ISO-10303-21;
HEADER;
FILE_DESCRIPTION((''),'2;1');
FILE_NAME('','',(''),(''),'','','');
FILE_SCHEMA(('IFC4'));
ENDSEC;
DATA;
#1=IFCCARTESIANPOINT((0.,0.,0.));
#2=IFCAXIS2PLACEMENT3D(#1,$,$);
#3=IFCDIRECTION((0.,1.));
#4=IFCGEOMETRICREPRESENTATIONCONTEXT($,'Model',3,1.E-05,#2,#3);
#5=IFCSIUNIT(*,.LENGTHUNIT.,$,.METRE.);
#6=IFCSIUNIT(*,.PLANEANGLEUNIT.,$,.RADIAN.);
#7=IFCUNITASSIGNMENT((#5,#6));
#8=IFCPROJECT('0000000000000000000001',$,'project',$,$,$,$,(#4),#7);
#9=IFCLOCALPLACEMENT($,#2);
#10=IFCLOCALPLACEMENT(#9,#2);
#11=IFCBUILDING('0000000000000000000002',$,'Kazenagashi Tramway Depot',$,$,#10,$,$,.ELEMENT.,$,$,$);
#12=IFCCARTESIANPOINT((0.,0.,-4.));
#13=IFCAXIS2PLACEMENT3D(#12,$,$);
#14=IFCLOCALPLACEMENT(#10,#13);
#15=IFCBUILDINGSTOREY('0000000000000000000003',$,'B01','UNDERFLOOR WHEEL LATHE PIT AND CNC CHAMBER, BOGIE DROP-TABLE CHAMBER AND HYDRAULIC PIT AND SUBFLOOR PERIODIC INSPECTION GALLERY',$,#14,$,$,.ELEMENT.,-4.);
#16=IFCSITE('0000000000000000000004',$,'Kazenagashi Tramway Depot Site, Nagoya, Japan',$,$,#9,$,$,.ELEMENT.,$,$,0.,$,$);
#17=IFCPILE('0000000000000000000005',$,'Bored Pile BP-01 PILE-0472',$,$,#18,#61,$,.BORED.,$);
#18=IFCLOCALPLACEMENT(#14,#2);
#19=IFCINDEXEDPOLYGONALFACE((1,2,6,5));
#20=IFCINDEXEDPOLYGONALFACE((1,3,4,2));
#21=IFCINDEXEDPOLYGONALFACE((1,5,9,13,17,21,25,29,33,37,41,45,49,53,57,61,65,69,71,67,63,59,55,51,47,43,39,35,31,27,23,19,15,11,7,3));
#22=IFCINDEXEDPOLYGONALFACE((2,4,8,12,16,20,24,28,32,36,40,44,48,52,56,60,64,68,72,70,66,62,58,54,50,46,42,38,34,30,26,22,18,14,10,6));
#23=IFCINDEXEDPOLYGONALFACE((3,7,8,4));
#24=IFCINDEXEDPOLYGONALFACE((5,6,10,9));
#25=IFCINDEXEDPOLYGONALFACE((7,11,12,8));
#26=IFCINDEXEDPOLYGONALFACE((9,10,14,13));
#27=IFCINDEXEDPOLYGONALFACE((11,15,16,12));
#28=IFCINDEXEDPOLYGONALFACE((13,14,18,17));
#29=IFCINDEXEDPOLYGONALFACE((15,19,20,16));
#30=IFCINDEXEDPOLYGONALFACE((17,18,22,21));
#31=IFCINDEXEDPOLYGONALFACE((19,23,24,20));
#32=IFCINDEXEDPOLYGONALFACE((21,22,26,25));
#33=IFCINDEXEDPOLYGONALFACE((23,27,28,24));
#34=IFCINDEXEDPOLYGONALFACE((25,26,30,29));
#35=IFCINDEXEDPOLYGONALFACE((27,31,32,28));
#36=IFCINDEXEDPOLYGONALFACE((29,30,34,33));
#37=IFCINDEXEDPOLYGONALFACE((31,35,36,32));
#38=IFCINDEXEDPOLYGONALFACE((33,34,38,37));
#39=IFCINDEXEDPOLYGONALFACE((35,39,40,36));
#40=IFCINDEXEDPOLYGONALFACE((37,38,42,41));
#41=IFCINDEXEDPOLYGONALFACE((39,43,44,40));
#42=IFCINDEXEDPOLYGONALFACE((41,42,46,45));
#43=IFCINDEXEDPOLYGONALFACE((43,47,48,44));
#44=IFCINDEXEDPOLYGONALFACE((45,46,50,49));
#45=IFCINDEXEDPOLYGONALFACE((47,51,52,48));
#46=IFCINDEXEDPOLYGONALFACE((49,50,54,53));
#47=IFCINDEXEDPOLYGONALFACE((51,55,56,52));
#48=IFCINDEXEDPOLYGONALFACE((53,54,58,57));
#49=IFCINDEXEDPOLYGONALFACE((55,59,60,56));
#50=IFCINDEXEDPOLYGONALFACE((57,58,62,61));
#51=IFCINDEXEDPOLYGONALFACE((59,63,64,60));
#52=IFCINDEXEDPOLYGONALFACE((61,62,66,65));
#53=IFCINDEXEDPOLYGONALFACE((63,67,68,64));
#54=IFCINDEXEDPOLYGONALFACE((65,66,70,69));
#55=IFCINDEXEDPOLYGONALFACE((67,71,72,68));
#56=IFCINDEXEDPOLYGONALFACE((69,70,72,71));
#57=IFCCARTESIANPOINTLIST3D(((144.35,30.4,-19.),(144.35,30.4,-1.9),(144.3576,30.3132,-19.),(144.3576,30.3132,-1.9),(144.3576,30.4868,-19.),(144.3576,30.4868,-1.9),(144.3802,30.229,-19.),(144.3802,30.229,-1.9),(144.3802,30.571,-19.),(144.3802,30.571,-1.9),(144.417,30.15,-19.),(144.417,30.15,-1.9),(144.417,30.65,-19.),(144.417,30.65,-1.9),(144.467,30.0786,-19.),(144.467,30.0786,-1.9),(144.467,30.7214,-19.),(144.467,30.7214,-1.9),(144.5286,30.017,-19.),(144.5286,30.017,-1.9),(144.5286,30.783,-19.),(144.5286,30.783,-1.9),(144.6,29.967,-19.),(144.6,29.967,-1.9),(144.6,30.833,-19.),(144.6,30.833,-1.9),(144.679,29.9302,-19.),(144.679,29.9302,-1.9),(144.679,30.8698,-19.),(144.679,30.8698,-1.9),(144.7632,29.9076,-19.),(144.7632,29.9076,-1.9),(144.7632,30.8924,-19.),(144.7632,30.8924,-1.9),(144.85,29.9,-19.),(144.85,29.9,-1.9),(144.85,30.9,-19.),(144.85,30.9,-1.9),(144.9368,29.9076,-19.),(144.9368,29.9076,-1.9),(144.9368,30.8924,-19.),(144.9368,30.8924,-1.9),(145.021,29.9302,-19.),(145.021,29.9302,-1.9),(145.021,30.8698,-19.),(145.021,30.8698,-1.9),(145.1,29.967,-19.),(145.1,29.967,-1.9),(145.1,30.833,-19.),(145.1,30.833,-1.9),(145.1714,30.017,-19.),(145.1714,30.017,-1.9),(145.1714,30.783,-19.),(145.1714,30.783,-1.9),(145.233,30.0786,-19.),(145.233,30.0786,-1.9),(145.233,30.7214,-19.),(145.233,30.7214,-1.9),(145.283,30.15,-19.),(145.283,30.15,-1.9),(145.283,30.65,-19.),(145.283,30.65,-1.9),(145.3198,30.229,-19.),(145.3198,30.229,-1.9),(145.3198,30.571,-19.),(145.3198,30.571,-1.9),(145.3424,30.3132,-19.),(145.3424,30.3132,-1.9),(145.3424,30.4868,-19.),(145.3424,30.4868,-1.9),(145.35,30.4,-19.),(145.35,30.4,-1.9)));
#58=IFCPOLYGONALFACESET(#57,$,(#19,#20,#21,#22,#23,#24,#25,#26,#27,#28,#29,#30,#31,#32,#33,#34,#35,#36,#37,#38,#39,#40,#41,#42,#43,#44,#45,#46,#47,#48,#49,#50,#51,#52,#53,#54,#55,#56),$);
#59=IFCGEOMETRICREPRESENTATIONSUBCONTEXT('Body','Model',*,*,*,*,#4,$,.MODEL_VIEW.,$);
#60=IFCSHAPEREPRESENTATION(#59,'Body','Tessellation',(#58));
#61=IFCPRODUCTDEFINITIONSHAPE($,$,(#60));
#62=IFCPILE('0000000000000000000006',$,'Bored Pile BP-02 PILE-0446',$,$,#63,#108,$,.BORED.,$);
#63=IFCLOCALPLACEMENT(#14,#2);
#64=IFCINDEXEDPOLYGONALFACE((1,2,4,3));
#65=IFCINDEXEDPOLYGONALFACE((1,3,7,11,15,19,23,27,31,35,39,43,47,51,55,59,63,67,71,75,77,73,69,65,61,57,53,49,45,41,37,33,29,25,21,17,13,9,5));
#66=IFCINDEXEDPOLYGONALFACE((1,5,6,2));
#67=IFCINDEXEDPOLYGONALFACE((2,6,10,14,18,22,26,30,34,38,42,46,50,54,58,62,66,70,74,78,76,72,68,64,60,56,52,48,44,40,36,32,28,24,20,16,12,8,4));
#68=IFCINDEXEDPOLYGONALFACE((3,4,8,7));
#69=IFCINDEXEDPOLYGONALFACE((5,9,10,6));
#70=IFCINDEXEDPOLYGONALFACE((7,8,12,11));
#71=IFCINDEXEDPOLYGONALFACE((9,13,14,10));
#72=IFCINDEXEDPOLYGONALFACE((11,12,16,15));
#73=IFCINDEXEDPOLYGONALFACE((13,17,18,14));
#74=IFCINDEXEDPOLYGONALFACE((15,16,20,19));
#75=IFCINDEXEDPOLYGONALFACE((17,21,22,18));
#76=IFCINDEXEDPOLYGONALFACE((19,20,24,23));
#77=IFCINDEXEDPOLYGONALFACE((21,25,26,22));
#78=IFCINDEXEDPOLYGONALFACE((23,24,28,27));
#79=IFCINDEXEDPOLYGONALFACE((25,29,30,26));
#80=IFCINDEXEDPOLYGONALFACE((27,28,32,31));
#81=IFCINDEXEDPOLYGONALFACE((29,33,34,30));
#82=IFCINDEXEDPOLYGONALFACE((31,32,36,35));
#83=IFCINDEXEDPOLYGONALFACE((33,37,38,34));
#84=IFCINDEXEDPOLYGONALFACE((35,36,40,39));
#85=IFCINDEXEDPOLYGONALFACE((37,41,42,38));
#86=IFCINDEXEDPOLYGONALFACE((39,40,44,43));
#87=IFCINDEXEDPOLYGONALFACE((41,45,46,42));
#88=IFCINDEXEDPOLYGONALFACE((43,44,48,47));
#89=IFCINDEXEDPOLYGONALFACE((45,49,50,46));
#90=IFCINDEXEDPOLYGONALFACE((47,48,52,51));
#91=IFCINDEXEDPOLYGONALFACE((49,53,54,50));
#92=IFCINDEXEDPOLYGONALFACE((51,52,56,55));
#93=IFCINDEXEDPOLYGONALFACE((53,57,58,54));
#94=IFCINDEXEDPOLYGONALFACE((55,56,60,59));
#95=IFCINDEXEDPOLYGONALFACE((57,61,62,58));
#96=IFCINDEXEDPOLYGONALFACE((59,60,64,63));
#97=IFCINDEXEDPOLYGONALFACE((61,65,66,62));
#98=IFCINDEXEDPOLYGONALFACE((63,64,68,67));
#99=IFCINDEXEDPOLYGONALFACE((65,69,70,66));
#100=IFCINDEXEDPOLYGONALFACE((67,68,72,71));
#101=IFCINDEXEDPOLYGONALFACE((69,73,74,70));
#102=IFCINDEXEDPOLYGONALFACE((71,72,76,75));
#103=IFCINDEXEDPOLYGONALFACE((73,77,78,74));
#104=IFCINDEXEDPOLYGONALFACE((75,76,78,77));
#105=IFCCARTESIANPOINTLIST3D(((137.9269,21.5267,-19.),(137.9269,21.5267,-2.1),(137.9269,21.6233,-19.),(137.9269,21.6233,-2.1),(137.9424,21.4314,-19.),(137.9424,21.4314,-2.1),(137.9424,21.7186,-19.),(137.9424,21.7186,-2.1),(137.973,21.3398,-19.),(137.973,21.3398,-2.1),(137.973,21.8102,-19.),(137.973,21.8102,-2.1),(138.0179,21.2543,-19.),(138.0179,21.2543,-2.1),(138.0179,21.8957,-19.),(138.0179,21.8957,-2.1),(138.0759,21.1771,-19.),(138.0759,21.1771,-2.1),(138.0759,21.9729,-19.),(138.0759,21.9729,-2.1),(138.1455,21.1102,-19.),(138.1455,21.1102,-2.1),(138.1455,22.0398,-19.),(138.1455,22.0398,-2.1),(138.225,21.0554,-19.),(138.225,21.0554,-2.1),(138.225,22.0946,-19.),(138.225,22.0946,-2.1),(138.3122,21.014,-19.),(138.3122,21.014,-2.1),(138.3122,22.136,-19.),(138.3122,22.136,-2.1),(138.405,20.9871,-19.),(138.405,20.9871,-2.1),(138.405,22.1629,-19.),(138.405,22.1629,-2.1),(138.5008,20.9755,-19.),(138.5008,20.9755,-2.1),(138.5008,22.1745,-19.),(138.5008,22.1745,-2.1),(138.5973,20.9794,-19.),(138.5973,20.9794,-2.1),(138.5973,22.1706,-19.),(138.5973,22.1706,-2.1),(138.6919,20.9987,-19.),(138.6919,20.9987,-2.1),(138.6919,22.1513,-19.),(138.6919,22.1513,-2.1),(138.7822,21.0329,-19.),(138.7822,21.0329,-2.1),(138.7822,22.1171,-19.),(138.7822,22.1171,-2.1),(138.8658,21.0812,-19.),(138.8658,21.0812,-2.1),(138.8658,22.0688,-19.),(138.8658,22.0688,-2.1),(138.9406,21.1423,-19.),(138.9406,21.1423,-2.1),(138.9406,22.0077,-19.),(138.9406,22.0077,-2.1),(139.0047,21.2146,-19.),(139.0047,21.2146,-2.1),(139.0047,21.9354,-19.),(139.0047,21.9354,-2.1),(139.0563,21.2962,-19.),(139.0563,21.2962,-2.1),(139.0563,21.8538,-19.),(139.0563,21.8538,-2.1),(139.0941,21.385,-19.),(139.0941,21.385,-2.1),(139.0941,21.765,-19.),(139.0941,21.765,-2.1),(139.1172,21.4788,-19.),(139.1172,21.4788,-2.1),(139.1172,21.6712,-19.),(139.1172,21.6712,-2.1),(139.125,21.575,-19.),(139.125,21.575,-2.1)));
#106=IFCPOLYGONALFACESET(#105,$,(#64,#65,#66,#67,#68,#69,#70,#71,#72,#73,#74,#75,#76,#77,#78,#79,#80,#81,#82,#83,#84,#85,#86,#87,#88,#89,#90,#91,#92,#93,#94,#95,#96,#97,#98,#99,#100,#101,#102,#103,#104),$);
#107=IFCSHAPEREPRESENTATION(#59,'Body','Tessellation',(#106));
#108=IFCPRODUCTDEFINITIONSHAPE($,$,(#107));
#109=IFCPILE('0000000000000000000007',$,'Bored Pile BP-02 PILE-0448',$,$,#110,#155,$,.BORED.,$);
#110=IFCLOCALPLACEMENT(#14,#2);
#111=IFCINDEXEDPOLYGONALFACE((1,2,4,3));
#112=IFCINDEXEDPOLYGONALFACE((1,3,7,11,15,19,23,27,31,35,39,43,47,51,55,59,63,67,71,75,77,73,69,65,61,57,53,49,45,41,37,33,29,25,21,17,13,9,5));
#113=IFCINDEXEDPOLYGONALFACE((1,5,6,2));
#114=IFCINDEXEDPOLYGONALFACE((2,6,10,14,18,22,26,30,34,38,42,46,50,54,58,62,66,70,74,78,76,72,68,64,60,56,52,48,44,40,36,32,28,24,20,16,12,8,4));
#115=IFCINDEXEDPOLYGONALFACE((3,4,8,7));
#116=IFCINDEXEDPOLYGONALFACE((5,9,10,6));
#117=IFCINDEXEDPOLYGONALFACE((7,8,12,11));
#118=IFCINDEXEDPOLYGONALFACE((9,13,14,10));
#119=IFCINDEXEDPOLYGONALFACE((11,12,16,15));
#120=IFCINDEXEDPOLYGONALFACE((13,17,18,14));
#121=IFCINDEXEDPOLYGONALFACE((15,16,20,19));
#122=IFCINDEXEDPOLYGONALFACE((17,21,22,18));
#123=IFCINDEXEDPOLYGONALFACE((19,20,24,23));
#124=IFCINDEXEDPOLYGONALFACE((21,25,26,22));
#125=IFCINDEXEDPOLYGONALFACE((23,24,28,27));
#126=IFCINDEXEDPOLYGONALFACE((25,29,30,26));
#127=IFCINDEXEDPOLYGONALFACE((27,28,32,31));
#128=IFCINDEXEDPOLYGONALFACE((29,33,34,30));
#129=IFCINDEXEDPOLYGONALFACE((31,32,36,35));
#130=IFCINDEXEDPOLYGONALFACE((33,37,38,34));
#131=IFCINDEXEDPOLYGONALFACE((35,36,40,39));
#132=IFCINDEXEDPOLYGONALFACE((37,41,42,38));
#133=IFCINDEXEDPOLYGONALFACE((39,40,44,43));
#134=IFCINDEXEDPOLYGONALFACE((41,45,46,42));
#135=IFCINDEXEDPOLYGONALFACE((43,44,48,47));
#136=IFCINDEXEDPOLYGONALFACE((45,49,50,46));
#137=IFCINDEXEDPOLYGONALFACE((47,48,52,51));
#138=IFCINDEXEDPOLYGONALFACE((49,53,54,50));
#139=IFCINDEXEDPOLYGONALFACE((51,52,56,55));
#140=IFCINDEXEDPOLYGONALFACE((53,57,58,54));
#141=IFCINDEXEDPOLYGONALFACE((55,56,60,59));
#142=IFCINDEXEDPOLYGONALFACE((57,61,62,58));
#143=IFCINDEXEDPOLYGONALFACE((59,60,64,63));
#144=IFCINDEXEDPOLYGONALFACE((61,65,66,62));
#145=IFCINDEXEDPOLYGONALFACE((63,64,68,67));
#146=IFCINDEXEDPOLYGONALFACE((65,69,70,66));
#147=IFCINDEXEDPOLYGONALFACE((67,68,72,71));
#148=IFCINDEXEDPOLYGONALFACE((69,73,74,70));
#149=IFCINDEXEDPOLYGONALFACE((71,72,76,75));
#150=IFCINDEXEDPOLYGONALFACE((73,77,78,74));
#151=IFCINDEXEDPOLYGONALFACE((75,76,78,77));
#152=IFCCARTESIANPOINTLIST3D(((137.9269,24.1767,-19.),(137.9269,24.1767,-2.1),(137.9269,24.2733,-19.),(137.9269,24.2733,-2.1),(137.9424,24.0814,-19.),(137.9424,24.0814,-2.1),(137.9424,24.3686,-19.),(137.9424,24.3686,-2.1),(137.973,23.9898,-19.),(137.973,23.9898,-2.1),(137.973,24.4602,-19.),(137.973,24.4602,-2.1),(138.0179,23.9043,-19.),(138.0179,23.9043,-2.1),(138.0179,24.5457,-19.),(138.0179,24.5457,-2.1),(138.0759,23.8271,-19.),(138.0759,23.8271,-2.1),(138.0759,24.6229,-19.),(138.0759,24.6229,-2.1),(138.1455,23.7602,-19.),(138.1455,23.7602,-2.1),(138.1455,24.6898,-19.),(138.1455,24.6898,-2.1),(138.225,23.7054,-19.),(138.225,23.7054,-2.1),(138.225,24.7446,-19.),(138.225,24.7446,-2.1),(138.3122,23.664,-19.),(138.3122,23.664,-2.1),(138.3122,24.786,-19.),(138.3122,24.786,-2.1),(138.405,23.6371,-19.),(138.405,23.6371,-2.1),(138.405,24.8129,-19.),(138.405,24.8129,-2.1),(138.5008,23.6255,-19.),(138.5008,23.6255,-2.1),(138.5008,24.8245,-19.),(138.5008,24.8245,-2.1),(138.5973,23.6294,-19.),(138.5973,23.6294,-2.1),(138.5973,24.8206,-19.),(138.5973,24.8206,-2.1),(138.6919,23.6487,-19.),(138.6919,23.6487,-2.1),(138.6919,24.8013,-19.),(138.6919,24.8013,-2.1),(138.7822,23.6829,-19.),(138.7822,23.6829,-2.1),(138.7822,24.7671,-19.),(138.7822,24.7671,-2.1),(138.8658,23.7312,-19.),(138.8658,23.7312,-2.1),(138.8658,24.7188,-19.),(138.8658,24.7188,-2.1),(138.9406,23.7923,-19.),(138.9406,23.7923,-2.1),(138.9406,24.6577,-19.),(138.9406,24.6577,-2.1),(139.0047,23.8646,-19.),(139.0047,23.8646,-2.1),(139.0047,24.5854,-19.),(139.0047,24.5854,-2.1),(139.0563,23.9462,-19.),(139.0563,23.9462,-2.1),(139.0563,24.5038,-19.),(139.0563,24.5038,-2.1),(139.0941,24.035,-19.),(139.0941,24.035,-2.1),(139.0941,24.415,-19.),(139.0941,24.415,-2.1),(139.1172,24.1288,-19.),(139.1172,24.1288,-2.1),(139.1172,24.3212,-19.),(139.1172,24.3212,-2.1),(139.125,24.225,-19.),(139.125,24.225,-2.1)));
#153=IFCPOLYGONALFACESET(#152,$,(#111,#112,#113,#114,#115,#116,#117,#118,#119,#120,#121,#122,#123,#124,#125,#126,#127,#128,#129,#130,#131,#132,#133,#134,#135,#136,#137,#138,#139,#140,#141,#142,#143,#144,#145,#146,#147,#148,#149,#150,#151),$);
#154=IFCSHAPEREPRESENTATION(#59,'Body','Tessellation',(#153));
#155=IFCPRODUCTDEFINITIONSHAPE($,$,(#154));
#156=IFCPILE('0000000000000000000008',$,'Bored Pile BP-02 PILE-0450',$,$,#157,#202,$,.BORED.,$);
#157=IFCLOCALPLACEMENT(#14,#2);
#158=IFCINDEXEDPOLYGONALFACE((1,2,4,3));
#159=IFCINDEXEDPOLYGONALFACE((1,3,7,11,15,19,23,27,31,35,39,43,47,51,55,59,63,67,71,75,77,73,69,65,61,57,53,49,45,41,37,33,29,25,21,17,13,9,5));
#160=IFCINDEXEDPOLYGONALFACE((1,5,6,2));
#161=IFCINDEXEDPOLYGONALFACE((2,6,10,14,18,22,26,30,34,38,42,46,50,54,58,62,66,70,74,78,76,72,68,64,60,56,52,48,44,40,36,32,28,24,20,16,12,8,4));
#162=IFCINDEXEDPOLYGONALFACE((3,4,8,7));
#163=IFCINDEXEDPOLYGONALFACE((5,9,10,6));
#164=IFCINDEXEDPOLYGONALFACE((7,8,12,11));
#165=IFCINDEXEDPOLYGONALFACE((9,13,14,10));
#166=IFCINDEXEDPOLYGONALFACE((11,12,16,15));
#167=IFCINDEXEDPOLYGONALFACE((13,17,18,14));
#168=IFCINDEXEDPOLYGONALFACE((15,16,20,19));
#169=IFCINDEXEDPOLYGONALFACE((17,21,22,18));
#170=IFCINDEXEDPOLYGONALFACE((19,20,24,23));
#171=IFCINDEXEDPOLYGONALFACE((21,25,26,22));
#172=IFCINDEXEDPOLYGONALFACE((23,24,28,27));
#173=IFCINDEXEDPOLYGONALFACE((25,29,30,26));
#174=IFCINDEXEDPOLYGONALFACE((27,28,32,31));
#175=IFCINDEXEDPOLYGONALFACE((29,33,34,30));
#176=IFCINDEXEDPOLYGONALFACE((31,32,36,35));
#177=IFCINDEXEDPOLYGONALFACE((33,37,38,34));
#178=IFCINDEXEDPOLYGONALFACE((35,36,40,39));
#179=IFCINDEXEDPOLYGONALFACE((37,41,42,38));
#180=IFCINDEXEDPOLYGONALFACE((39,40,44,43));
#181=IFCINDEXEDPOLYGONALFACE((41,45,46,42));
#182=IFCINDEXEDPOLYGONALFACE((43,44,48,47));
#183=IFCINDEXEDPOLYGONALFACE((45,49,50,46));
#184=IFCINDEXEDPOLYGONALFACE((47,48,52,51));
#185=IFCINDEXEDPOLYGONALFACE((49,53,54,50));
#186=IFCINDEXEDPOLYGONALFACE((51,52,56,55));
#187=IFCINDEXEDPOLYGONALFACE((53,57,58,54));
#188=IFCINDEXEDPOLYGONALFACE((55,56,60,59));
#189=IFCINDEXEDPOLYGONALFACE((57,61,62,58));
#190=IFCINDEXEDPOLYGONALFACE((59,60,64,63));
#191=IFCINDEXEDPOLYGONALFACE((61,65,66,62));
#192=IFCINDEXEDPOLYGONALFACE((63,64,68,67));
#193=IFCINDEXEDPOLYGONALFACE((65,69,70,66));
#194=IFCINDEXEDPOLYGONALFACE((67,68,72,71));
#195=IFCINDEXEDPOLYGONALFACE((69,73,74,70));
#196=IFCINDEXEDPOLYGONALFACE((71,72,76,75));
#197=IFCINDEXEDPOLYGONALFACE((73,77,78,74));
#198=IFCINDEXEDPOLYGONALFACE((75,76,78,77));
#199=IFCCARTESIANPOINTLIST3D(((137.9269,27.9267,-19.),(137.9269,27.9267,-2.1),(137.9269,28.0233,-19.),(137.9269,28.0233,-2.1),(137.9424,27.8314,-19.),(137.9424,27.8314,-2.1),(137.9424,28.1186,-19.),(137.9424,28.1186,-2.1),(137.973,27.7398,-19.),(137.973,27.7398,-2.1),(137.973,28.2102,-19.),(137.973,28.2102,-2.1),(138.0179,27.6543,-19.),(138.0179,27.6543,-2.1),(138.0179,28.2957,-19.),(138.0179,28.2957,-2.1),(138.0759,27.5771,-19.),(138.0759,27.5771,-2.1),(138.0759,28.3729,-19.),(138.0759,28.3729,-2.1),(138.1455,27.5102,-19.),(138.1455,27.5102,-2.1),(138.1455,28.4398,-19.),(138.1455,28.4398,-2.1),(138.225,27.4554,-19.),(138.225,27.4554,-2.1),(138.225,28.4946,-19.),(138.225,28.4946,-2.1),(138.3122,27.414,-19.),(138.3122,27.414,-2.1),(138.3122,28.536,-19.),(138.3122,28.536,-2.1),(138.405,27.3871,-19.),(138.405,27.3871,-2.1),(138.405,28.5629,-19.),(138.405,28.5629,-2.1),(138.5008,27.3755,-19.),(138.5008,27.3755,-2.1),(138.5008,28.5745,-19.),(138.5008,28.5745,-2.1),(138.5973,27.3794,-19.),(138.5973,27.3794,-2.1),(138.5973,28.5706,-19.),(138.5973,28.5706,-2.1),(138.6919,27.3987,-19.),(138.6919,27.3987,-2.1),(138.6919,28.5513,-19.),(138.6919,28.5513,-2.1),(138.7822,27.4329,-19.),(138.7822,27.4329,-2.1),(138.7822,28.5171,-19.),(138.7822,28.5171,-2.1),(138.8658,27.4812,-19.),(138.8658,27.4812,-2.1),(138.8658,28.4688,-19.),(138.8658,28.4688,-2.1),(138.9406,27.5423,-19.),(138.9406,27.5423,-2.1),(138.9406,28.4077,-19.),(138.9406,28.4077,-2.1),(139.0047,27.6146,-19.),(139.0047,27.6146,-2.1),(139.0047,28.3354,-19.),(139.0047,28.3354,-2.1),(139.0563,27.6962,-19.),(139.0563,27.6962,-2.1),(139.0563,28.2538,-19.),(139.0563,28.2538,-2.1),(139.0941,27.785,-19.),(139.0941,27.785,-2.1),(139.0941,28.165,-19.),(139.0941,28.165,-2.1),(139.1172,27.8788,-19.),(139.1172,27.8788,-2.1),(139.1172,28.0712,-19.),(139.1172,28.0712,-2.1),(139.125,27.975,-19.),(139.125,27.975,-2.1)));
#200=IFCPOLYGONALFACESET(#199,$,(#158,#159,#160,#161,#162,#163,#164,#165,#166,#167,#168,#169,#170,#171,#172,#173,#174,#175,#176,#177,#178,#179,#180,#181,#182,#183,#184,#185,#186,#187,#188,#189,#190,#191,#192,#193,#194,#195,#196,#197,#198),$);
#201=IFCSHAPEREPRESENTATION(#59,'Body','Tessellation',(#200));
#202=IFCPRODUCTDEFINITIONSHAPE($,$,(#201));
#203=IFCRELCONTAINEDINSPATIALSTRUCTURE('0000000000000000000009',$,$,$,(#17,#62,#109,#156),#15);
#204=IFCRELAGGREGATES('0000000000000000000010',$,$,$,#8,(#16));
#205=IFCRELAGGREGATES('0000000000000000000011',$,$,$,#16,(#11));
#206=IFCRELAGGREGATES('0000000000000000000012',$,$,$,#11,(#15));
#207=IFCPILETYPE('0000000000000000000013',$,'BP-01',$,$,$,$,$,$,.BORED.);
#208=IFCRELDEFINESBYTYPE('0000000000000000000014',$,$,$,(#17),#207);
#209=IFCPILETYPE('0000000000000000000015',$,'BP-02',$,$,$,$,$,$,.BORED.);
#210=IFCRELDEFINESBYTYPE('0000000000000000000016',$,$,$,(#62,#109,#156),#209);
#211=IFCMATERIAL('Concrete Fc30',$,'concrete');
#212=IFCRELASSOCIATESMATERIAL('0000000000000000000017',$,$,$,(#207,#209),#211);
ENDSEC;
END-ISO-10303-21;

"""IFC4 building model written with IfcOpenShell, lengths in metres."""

from ifc_helpers import new_model, si_unit, direction, frame, origin, origin_2d, place, context, subcontext, project, spatial, circle, extrude, material, material_profile, profile_set, type_object, element, save


model = new_model("IFC4")

# Units and contexts
model_context = context("Model", 3, precision=1e-05, world=origin(), true_north=direction((0.0, 1.0)))
body_context = subcontext(model_context, "Body", "Model", "MODEL_VIEW")
ifc_project = project(units=[si_unit("LENGTHUNIT", "METRE"), si_unit("PLANEANGLEUNIT", "RADIAN")], contexts=[model_context])

# Site, building, storey
site_placement = place(None, origin())
site = spatial("IfcSite", under=ifc_project, at=site_placement, Name="Kazenagashi Tramway Depot Site, Nagoya, Japan", CompositionType="ELEMENT", RefElevation=0.0)
building_placement = place(site_placement, origin())
building = spatial("IfcBuilding", under=site, at=building_placement, Name="Kazenagashi Tramway Depot", CompositionType="ELEMENT")
storey_placement = place(building_placement, frame((0.0, 0.0, -4.0)))
storey = spatial("IfcBuildingStorey", under=building, at=storey_placement, Name="B01", Description="UNDERFLOOR WHEEL LATHE PIT AND CNC CHAMBER, BOGIE DROP-TABLE CHAMBER AND HYDRAULIC PIT AND SUBFLOOR PERIODIC INSPECTION GALLERY", CompositionType="ELEMENT", Elevation=-4.0)

# Piles
ifc_material_1 = material(Name="Concrete Fc30", Category="concrete")
ifc_material_profile_1 = material_profile(ifc_material_1, circle(Radius=0.5, at=origin_2d()), Name="PILE-1000")
ifc_profile_set_1 = profile_set([ifc_material_profile_1], Name="Concrete Fc30")
pile_type_1 = type_object("IfcPileType", Name="BP-01", PredefinedType="BORED", material=ifc_profile_set_1)
for number, where, z_axis, x_axis, name in (
    (1, (144.85, 30.4, -1.9), (0.0, 0.0, -1.0), (1.0, 0.0, 0.0), "Bored Pile BP-01 PILE-0472"),
):
    element("IfcPile", number, at=place(storey_placement, frame(where, z_axis=z_axis, x_axis=x_axis)), inside=storey, type_object=pile_type_1, Name=name, PredefinedType="BORED", context=body_context, shape_type="SweptSolid", body=[
        extrude(circle(Radius=0.5, at=origin_2d()), origin(), (0.0, 0.0, 1.0), 17.1),
    ])
ifc_material_profile_2 = material_profile(ifc_material_1, circle(Radius=0.6, at=origin_2d()), Name="PILE-1200")
ifc_profile_set_2 = profile_set([ifc_material_profile_2], Name="Concrete Fc30")
pile_type_2 = type_object("IfcPileType", Name="BP-02", PredefinedType="BORED", material=ifc_profile_set_2)
for number, where, z_axis, x_axis, name in (
    (2, (138.525, 21.575, -2.1), (0.0, 0.0, -1.0), (1.0, 0.0, 0.0), "Bored Pile BP-02 PILE-0446"),
    (3, (138.525, 24.225, -2.1), (0.0, 0.0, -1.0), (1.0, 0.0, 0.0), "Bored Pile BP-02 PILE-0448"),
    (4, (138.525, 27.975, -2.1), (0.0, 0.0, -1.0), (1.0, 0.0, 0.0), "Bored Pile BP-02 PILE-0450"),
):
    element("IfcPile", number, at=place(storey_placement, frame(where, z_axis=z_axis, x_axis=x_axis)), inside=storey, type_object=pile_type_2, Name=name, PredefinedType="BORED", context=body_context, shape_type="SweptSolid", body=[
        extrude(circle(Radius=0.6, at=origin_2d()), origin(), (0.0, 0.0, 1.0), 16.9),
    ])

save(model, "model.ifc")
